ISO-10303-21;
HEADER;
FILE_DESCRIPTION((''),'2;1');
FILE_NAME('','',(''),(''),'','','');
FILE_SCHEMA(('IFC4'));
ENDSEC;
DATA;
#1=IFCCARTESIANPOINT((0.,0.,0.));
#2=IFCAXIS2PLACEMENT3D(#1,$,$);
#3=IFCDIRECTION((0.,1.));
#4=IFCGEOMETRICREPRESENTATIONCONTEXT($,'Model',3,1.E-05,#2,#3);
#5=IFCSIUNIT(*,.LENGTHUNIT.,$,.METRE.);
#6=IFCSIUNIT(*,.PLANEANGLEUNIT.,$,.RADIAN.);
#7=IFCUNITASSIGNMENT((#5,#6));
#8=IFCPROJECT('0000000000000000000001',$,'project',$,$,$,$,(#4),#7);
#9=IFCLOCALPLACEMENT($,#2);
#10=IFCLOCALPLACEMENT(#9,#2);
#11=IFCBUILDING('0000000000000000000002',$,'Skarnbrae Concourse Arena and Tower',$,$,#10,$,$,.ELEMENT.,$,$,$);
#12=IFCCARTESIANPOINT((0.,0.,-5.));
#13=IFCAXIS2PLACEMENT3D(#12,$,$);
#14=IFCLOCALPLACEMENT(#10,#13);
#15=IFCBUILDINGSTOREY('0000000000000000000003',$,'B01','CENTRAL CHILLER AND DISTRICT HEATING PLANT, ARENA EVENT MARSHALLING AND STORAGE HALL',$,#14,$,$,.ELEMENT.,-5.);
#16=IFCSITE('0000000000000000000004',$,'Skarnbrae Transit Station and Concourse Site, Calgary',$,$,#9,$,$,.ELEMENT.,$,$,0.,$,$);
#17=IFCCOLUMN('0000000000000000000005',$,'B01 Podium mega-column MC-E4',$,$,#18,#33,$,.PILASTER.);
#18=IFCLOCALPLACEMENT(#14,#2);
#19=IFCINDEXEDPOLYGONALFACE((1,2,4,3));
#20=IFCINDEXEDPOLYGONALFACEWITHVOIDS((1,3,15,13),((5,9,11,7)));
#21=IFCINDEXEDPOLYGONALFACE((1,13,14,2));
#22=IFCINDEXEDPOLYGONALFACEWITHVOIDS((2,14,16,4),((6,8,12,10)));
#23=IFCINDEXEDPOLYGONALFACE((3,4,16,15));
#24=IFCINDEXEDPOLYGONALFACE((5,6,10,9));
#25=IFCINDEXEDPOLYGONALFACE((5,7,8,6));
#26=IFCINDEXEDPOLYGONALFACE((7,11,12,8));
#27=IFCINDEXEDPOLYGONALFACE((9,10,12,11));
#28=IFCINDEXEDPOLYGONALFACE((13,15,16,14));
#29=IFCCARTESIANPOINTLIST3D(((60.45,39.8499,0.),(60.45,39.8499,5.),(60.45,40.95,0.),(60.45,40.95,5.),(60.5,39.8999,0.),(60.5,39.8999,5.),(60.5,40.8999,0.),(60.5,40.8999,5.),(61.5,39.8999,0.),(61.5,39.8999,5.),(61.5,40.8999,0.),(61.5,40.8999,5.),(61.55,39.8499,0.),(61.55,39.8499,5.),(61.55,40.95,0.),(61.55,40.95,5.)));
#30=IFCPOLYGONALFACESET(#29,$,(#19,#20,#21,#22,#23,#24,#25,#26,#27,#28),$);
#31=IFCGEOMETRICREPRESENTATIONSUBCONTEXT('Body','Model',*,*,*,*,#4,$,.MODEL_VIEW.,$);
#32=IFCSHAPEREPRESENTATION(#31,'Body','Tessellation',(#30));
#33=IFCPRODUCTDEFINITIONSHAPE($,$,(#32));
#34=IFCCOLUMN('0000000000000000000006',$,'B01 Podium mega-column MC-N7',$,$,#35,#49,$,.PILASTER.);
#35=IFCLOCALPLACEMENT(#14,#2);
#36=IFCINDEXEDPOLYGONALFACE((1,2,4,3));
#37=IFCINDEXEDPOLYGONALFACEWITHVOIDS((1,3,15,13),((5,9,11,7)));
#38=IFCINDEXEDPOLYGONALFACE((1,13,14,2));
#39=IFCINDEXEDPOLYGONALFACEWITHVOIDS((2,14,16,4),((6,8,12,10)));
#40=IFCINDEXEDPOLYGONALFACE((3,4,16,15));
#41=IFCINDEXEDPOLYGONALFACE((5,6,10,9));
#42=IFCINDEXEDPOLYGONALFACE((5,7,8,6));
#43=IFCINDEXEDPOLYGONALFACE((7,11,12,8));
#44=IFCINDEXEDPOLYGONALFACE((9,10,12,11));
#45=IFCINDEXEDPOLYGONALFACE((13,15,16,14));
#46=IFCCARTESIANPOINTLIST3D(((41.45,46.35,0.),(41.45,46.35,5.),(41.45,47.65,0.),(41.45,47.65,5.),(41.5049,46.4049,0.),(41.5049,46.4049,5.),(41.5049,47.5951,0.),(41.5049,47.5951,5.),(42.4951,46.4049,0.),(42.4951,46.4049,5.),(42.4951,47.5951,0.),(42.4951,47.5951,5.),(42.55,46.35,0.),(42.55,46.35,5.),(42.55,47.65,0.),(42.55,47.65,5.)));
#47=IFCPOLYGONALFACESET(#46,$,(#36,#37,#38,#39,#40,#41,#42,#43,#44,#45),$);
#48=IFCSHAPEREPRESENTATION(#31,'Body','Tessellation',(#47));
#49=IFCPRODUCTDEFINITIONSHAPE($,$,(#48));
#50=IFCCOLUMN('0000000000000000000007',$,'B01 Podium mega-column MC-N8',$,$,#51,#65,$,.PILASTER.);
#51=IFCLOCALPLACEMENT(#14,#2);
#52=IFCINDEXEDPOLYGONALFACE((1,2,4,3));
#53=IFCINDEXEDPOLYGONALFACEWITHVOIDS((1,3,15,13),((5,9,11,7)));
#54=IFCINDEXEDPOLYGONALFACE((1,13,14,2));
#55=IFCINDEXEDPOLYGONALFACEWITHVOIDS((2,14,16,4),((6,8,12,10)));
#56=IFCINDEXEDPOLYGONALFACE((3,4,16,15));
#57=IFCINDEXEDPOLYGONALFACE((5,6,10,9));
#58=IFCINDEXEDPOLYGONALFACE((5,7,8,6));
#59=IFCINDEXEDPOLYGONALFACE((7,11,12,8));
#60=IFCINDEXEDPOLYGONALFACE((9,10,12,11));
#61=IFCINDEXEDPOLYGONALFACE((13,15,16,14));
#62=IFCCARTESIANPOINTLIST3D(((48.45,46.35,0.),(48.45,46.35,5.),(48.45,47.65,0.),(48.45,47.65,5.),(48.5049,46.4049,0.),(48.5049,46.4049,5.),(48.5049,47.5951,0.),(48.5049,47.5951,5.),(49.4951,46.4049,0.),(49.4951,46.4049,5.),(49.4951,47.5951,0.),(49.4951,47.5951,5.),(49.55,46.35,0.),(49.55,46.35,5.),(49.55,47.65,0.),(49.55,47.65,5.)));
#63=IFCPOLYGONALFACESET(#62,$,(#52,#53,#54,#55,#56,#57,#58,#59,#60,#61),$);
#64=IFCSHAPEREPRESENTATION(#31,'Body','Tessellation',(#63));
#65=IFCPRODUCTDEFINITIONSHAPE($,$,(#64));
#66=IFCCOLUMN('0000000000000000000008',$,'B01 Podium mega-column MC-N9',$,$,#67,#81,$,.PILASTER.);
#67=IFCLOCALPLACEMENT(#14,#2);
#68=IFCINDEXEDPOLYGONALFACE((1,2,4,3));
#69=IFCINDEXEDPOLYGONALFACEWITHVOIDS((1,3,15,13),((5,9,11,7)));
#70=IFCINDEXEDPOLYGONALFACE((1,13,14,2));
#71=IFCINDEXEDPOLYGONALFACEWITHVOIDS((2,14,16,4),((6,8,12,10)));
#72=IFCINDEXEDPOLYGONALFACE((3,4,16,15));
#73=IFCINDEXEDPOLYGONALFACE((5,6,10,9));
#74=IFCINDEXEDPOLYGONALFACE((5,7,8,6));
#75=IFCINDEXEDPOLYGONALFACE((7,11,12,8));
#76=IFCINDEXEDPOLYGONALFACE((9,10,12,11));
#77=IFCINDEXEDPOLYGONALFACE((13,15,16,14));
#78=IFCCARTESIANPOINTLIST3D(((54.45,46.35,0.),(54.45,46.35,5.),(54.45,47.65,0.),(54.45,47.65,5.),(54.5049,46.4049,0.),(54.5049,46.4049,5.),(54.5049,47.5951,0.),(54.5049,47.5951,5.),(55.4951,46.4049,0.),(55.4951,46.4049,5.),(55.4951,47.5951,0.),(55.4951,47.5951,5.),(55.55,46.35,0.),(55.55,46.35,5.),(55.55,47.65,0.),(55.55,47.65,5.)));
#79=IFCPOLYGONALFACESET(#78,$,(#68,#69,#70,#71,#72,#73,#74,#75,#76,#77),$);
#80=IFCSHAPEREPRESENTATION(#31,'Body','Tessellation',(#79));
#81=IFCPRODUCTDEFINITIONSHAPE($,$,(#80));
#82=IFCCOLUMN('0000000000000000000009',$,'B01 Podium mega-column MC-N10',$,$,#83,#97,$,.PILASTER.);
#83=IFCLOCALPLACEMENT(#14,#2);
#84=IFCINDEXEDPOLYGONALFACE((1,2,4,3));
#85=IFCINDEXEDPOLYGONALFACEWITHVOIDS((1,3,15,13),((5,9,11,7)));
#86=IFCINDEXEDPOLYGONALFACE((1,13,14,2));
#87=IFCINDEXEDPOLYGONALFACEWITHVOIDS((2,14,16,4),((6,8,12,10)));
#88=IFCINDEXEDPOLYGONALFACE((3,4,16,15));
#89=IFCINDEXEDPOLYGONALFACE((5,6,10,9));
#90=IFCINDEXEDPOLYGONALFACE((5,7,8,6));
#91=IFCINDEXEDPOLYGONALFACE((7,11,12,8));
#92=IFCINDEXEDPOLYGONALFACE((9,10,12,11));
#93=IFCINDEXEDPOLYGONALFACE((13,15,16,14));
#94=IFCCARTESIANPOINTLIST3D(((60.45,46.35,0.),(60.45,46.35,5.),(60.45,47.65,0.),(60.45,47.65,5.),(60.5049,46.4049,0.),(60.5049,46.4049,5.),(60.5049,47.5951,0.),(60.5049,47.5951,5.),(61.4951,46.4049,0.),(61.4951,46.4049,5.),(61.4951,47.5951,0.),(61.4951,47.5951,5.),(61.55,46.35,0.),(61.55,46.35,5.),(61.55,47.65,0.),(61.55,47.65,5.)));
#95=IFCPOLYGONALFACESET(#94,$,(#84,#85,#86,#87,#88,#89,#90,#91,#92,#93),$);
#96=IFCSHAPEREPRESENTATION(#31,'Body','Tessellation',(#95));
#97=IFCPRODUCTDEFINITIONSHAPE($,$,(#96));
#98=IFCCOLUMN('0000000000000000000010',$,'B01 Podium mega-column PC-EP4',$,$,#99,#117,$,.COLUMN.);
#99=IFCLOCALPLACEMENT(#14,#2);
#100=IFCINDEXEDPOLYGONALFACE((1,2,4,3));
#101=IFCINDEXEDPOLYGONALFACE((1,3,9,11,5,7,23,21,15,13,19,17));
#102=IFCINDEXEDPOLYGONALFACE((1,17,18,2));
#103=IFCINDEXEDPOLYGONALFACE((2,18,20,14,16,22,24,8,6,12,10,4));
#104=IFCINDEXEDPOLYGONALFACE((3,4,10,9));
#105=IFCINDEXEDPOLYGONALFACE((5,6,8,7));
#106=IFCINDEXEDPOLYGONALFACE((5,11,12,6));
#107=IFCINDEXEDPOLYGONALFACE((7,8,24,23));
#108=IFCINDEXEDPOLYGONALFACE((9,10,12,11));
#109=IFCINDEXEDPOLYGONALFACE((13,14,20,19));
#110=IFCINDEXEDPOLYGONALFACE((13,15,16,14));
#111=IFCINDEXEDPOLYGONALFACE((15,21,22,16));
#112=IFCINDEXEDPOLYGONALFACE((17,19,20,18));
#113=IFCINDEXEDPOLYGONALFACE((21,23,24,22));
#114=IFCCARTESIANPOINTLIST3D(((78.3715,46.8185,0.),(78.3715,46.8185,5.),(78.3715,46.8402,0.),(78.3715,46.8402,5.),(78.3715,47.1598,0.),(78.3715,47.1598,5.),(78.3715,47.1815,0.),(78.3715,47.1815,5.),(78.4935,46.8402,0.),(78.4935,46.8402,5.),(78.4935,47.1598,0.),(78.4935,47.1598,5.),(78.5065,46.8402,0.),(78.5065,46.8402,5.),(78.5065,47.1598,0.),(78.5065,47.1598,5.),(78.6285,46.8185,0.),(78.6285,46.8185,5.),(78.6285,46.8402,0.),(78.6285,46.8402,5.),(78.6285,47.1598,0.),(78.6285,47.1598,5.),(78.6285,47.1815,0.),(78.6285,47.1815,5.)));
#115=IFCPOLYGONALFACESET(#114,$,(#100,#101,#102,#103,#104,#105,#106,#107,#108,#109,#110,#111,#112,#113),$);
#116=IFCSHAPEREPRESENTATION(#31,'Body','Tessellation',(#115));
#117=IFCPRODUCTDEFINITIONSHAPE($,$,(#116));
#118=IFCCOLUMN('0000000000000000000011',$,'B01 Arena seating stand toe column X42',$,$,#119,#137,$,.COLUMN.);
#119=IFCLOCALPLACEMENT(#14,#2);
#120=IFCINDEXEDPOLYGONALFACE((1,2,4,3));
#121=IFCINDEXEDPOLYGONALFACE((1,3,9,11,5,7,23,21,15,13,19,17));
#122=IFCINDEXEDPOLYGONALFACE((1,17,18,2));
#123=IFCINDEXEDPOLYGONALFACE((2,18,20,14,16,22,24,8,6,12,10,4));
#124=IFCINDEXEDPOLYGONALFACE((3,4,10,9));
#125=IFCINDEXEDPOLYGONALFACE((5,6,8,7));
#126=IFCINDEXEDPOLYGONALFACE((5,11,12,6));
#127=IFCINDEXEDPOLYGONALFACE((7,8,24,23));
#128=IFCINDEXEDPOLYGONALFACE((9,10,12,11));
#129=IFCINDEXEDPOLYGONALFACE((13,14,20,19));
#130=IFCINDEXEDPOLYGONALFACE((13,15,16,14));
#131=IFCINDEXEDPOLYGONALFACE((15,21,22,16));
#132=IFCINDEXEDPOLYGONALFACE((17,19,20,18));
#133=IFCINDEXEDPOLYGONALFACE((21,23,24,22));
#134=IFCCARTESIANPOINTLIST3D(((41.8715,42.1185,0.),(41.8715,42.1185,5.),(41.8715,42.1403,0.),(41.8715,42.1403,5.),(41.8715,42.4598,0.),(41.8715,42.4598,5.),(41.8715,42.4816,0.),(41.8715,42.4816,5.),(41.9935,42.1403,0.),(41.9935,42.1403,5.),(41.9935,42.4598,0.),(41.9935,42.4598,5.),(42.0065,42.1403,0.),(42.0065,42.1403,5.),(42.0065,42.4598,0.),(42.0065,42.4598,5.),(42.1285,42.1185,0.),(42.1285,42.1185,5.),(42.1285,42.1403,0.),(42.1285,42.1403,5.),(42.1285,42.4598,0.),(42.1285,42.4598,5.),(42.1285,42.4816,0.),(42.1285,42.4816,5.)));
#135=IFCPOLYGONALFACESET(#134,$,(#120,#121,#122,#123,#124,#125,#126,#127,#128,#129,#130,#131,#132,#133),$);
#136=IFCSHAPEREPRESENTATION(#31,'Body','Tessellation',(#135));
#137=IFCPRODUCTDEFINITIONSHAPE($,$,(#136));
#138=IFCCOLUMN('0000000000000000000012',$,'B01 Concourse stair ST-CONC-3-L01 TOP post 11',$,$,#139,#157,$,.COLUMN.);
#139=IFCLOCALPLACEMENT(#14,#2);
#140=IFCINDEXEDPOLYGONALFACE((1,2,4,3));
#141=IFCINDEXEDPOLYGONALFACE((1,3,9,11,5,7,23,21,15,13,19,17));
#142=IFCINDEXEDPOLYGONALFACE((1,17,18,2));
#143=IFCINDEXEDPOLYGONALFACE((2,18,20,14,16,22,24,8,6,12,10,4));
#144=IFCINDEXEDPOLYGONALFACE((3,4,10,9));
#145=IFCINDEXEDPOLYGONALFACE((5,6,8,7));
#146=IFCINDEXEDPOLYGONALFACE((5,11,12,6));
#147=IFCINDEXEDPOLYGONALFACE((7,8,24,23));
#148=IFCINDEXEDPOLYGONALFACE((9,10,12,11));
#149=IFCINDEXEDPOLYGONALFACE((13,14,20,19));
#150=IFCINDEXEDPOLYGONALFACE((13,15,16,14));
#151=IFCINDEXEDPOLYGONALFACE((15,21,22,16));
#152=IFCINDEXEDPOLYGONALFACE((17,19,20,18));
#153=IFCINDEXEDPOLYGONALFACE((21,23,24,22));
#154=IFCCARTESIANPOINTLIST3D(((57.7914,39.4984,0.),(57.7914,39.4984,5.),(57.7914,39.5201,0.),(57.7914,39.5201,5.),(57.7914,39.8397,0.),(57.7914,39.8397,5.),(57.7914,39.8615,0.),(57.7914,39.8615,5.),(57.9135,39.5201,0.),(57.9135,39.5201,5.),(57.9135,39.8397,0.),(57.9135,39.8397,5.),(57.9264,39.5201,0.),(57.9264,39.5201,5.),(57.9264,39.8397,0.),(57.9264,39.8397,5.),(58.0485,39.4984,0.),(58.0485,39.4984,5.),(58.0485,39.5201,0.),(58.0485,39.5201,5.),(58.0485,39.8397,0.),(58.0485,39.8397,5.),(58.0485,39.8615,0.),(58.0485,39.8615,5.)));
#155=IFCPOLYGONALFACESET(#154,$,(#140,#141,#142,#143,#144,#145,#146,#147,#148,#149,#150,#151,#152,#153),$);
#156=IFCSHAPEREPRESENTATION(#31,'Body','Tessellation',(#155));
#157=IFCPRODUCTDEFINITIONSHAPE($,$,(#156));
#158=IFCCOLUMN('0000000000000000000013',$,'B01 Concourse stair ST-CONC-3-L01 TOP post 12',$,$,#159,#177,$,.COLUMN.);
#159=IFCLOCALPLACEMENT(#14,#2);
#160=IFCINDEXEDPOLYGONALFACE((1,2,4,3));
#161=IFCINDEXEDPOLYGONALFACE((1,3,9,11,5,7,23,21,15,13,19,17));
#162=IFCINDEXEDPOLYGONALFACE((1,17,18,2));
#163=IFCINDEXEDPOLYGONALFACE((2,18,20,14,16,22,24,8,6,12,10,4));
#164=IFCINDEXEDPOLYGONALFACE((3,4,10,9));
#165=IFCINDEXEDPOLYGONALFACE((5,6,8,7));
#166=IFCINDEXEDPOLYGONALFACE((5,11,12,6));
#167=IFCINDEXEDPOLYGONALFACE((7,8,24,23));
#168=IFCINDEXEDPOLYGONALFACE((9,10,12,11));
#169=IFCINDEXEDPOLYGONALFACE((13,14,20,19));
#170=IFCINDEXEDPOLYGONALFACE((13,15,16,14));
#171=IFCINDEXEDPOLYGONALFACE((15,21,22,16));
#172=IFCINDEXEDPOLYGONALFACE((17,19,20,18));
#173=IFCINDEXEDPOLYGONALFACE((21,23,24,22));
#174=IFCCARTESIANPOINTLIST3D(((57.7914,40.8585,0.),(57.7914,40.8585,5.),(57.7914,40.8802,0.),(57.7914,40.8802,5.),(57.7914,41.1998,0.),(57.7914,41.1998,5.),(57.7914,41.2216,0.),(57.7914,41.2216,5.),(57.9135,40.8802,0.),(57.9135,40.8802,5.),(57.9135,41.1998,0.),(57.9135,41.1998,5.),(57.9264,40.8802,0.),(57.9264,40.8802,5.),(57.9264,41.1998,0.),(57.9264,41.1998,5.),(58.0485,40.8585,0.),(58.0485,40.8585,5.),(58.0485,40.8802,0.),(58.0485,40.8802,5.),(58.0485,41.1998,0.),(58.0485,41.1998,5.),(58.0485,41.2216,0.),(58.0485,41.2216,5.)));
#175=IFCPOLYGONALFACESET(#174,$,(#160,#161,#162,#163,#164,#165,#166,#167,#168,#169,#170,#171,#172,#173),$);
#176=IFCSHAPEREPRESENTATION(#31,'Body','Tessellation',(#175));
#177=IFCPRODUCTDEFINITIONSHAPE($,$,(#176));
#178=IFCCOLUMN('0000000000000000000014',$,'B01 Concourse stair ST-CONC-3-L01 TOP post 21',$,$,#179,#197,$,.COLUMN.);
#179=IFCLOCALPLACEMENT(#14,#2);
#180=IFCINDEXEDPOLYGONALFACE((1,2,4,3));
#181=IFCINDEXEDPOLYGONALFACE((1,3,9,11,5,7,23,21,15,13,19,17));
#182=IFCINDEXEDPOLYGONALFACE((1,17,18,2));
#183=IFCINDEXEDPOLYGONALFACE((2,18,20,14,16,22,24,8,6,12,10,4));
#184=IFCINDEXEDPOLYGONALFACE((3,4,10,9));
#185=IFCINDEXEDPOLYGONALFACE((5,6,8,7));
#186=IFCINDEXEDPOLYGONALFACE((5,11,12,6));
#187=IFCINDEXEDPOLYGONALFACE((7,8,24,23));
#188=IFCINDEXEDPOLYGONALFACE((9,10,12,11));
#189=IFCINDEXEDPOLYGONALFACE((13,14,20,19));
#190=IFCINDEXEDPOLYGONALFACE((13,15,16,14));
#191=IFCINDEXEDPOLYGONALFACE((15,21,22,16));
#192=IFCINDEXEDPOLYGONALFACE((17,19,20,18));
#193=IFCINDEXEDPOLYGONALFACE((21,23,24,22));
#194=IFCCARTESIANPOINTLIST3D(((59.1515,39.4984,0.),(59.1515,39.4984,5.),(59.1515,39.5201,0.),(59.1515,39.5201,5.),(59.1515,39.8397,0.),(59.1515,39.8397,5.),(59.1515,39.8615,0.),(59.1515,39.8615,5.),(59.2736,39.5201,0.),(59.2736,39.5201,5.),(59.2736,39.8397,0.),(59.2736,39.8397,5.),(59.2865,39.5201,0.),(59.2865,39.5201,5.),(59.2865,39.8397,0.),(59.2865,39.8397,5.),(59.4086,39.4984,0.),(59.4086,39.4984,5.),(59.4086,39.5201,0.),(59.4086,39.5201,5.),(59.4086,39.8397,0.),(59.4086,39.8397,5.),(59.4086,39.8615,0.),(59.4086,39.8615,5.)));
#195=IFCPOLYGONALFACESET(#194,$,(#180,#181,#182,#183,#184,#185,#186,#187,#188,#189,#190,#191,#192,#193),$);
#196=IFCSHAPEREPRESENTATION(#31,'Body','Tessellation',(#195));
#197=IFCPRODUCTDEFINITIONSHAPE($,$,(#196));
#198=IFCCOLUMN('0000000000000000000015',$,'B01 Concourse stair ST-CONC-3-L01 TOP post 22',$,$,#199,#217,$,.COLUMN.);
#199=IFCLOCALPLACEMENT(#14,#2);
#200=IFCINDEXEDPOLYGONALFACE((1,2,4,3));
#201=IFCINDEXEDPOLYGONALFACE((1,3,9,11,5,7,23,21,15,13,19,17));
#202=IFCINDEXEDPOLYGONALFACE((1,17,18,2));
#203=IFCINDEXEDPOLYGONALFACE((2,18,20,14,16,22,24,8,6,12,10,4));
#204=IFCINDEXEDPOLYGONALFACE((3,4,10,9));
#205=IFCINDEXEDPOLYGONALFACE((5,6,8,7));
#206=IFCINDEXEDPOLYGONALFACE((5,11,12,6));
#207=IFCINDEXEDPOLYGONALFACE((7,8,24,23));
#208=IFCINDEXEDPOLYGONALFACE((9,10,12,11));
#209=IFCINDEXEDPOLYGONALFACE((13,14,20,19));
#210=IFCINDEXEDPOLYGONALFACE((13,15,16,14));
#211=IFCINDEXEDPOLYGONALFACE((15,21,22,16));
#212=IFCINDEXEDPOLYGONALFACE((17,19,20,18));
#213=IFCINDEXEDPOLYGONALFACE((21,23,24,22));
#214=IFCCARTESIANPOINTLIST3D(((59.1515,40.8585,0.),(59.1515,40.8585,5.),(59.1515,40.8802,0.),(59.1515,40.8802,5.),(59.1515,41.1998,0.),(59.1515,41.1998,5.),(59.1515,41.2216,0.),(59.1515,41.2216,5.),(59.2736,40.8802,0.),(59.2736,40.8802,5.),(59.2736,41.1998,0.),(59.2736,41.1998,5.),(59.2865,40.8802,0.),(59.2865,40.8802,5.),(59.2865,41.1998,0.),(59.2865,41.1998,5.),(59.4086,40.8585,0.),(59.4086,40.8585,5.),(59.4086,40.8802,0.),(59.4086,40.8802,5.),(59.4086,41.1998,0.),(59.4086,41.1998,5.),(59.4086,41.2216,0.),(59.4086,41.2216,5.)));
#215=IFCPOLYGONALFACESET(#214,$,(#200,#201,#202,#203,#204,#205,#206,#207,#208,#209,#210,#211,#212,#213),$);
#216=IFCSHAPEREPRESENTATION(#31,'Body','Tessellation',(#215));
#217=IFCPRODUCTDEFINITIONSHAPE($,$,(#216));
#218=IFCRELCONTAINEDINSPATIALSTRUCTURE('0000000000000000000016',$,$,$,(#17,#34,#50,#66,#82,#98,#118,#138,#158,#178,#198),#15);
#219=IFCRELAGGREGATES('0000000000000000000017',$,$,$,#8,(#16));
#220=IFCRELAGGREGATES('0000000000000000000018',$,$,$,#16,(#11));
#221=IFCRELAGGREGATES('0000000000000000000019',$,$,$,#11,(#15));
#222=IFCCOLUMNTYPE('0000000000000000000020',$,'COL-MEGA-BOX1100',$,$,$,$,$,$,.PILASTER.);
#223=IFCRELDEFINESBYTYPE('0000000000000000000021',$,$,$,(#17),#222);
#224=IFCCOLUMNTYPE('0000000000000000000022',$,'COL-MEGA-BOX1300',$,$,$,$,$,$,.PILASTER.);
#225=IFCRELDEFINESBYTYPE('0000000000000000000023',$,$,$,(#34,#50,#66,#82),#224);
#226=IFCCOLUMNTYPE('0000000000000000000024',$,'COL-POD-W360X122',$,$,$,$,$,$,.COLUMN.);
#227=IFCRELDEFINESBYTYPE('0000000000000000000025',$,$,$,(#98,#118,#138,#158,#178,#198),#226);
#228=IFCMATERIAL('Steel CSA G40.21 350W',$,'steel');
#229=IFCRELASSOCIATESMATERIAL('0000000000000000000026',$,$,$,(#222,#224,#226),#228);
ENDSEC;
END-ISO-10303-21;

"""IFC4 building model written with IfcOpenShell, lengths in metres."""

from ifc_helpers import new_model, si_unit, direction, frame, origin, origin_2d, place, context, subcontext, project, spatial, hollow_rectangle, i_section, extrude, source, transform, mapped, material, material_profile, profile_set, type_object, element, save


model = new_model("IFC4")

# Units and contexts
model_context = context("Model", 3, precision=1e-05, world=origin(), true_north=direction((0.0, 1.0)))
body_context = subcontext(model_context, "Body", "Model", "MODEL_VIEW")
ifc_project = project(units=[si_unit("LENGTHUNIT", "METRE"), si_unit("PLANEANGLEUNIT", "RADIAN")], contexts=[model_context])

# Site, building, storey
site_placement = place(None, origin())
site = spatial("IfcSite", under=ifc_project, at=site_placement, Name="Skarnbrae Transit Station and Concourse Site, Calgary", CompositionType="ELEMENT", RefElevation=0.0)
building_placement = place(site_placement, origin())
building = spatial("IfcBuilding", under=site, at=building_placement, Name="Skarnbrae Concourse Arena and Tower", CompositionType="ELEMENT")
storey_placement = place(building_placement, frame((0.0, 0.0, -5.0)))
storey = spatial("IfcBuildingStorey", under=building, at=storey_placement, Name="B01", Description="CENTRAL CHILLER AND DISTRICT HEATING PLANT, ARENA EVENT MARSHALLING AND STORAGE HALL", CompositionType="ELEMENT", Elevation=-5.0)

# Columns
ifc_material_1 = material(Name="Steel CSA G40.21 350W", Category="steel")
ifc_material_profile_1 = material_profile(ifc_material_1, hollow_rectangle(XDim=1.1001, YDim=1.1001, WallThickness=0.05, at=origin_2d()), Name="BOX1100X1100X50")
ifc_profile_set_1 = profile_set([ifc_material_profile_1], Name="Steel CSA G40.21 350W")
column_type_1 = type_object("IfcColumnType", Name="COL-MEGA-BOX1100", PredefinedType="PILASTER", material=ifc_profile_set_1)
shared_shape_1 = source(origin(), body_context, "Body", "SweptSolid", [
    extrude(hollow_rectangle(XDim=1.1001, YDim=1.1001, WallThickness=0.05, at=origin_2d()), origin(), (0.0, 0.0, 1.0), 5.0),
])
column_placement = place(storey_placement, frame((61.0, 40.3999, 0.0), z_axis=(0.0, 0.0, 1.0), x_axis=(1.0, 0.0, 0.0)))
element("IfcColumn", 1, at=column_placement, inside=storey, type_object=column_type_1, Name="B01 Podium mega-column MC-E4", PredefinedType="PILASTER", context=body_context, shape_type="MappedRepresentation", body=[
    mapped(shared_shape_1, transform((0.0, 0.0, 0.0))),
])
ifc_material_profile_2 = material_profile(ifc_material_1, hollow_rectangle(XDim=1.1001, YDim=1.3, WallThickness=0.0549, at=origin_2d()), Name="BOX1300X1100X55")
ifc_profile_set_2 = profile_set([ifc_material_profile_2], Name="Steel CSA G40.21 350W")
column_type_2 = type_object("IfcColumnType", Name="COL-MEGA-BOX1300", PredefinedType="PILASTER", material=ifc_profile_set_2)
shared_shape_2 = source(origin(), body_context, "Body", "SweptSolid", [
    extrude(hollow_rectangle(XDim=1.1001, YDim=1.3, WallThickness=0.0549, at=origin_2d()), origin(), (0.0, 0.0, 1.0), 5.0),
])
for number, where, z_axis, x_axis, name in (
    (2, (42.0, 47.0, 0.0), (0.0, 0.0, 1.0), (1.0, 0.0, 0.0), "B01 Podium mega-column MC-N7"),
    (3, (49.0, 47.0, 0.0), (0.0, 0.0, 1.0), (1.0, 0.0, 0.0), "B01 Podium mega-column MC-N8"),
    (4, (55.0, 47.0, 0.0), (0.0, 0.0, 1.0), (1.0, 0.0, 0.0), "B01 Podium mega-column MC-N9"),
    (5, (61.0, 47.0, 0.0), (0.0, 0.0, 1.0), (1.0, 0.0, 0.0), "B01 Podium mega-column MC-N10"),
):
    element("IfcColumn", number, at=place(storey_placement, frame(where, z_axis=z_axis, x_axis=x_axis)), inside=storey, type_object=column_type_2, Name=name, PredefinedType="PILASTER", context=body_context, shape_type="MappedRepresentation", body=[
        mapped(shared_shape_2, transform((0.0, 0.0, 0.0))),
    ])
ifc_material_profile_3 = material_profile(ifc_material_1, i_section(OverallWidth=0.2571, OverallDepth=0.363, WebThickness=0.0129, FlangeThickness=0.0217, at=origin_2d()), Name="W360X122")
ifc_profile_set_3 = profile_set([ifc_material_profile_3], Name="Steel CSA G40.21 350W")
column_type_3 = type_object("IfcColumnType", Name="COL-POD-W360X122", PredefinedType="COLUMN", material=ifc_profile_set_3)
shared_shape_3 = source(origin(), body_context, "Body", "SweptSolid", [
    extrude(i_section(OverallWidth=0.2571, OverallDepth=0.363, WebThickness=0.0129, FlangeThickness=0.0217, at=origin_2d()), origin(), (0.0, 0.0, 1.0), 5.0),
])
for number, where, z_axis, x_axis, name in (
    (6, (78.5, 47.0, 0.0), (0.0, 0.0, 1.0), (1.0, 0.0, 0.0), "B01 Podium mega-column PC-EP4"),
    (7, (42.0, 42.3, 0.0), (0.0, 0.0, 1.0), (1.0, 0.0, 0.0), "B01 Arena seating stand toe column X42"),
    (8, (57.9199, 39.6799, 0.0), (0.0, 0.0, 1.0), (1.0, 0.0, 0.0), "B01 Concourse stair ST-CONC-3-L01 TOP post 11"),
    (9, (57.9199, 41.04, 0.0), (0.0, 0.0, 1.0), (1.0, 0.0, 0.0), "B01 Concourse stair ST-CONC-3-L01 TOP post 12"),
    (10, (59.28, 39.6799, 0.0), (0.0, 0.0, 1.0), (1.0, 0.0, 0.0), "B01 Concourse stair ST-CONC-3-L01 TOP post 21"),
    (11, (59.28, 41.04, 0.0), (0.0, 0.0, 1.0), (1.0, 0.0, 0.0), "B01 Concourse stair ST-CONC-3-L01 TOP post 22"),
):
    element("IfcColumn", number, at=place(storey_placement, frame(where, z_axis=z_axis, x_axis=x_axis)), inside=storey, type_object=column_type_3, Name=name, PredefinedType="COLUMN", context=body_context, shape_type="MappedRepresentation", body=[
        mapped(shared_shape_3, transform((0.0, 0.0, 0.0))),
    ])

save(model, "model.ifc")
